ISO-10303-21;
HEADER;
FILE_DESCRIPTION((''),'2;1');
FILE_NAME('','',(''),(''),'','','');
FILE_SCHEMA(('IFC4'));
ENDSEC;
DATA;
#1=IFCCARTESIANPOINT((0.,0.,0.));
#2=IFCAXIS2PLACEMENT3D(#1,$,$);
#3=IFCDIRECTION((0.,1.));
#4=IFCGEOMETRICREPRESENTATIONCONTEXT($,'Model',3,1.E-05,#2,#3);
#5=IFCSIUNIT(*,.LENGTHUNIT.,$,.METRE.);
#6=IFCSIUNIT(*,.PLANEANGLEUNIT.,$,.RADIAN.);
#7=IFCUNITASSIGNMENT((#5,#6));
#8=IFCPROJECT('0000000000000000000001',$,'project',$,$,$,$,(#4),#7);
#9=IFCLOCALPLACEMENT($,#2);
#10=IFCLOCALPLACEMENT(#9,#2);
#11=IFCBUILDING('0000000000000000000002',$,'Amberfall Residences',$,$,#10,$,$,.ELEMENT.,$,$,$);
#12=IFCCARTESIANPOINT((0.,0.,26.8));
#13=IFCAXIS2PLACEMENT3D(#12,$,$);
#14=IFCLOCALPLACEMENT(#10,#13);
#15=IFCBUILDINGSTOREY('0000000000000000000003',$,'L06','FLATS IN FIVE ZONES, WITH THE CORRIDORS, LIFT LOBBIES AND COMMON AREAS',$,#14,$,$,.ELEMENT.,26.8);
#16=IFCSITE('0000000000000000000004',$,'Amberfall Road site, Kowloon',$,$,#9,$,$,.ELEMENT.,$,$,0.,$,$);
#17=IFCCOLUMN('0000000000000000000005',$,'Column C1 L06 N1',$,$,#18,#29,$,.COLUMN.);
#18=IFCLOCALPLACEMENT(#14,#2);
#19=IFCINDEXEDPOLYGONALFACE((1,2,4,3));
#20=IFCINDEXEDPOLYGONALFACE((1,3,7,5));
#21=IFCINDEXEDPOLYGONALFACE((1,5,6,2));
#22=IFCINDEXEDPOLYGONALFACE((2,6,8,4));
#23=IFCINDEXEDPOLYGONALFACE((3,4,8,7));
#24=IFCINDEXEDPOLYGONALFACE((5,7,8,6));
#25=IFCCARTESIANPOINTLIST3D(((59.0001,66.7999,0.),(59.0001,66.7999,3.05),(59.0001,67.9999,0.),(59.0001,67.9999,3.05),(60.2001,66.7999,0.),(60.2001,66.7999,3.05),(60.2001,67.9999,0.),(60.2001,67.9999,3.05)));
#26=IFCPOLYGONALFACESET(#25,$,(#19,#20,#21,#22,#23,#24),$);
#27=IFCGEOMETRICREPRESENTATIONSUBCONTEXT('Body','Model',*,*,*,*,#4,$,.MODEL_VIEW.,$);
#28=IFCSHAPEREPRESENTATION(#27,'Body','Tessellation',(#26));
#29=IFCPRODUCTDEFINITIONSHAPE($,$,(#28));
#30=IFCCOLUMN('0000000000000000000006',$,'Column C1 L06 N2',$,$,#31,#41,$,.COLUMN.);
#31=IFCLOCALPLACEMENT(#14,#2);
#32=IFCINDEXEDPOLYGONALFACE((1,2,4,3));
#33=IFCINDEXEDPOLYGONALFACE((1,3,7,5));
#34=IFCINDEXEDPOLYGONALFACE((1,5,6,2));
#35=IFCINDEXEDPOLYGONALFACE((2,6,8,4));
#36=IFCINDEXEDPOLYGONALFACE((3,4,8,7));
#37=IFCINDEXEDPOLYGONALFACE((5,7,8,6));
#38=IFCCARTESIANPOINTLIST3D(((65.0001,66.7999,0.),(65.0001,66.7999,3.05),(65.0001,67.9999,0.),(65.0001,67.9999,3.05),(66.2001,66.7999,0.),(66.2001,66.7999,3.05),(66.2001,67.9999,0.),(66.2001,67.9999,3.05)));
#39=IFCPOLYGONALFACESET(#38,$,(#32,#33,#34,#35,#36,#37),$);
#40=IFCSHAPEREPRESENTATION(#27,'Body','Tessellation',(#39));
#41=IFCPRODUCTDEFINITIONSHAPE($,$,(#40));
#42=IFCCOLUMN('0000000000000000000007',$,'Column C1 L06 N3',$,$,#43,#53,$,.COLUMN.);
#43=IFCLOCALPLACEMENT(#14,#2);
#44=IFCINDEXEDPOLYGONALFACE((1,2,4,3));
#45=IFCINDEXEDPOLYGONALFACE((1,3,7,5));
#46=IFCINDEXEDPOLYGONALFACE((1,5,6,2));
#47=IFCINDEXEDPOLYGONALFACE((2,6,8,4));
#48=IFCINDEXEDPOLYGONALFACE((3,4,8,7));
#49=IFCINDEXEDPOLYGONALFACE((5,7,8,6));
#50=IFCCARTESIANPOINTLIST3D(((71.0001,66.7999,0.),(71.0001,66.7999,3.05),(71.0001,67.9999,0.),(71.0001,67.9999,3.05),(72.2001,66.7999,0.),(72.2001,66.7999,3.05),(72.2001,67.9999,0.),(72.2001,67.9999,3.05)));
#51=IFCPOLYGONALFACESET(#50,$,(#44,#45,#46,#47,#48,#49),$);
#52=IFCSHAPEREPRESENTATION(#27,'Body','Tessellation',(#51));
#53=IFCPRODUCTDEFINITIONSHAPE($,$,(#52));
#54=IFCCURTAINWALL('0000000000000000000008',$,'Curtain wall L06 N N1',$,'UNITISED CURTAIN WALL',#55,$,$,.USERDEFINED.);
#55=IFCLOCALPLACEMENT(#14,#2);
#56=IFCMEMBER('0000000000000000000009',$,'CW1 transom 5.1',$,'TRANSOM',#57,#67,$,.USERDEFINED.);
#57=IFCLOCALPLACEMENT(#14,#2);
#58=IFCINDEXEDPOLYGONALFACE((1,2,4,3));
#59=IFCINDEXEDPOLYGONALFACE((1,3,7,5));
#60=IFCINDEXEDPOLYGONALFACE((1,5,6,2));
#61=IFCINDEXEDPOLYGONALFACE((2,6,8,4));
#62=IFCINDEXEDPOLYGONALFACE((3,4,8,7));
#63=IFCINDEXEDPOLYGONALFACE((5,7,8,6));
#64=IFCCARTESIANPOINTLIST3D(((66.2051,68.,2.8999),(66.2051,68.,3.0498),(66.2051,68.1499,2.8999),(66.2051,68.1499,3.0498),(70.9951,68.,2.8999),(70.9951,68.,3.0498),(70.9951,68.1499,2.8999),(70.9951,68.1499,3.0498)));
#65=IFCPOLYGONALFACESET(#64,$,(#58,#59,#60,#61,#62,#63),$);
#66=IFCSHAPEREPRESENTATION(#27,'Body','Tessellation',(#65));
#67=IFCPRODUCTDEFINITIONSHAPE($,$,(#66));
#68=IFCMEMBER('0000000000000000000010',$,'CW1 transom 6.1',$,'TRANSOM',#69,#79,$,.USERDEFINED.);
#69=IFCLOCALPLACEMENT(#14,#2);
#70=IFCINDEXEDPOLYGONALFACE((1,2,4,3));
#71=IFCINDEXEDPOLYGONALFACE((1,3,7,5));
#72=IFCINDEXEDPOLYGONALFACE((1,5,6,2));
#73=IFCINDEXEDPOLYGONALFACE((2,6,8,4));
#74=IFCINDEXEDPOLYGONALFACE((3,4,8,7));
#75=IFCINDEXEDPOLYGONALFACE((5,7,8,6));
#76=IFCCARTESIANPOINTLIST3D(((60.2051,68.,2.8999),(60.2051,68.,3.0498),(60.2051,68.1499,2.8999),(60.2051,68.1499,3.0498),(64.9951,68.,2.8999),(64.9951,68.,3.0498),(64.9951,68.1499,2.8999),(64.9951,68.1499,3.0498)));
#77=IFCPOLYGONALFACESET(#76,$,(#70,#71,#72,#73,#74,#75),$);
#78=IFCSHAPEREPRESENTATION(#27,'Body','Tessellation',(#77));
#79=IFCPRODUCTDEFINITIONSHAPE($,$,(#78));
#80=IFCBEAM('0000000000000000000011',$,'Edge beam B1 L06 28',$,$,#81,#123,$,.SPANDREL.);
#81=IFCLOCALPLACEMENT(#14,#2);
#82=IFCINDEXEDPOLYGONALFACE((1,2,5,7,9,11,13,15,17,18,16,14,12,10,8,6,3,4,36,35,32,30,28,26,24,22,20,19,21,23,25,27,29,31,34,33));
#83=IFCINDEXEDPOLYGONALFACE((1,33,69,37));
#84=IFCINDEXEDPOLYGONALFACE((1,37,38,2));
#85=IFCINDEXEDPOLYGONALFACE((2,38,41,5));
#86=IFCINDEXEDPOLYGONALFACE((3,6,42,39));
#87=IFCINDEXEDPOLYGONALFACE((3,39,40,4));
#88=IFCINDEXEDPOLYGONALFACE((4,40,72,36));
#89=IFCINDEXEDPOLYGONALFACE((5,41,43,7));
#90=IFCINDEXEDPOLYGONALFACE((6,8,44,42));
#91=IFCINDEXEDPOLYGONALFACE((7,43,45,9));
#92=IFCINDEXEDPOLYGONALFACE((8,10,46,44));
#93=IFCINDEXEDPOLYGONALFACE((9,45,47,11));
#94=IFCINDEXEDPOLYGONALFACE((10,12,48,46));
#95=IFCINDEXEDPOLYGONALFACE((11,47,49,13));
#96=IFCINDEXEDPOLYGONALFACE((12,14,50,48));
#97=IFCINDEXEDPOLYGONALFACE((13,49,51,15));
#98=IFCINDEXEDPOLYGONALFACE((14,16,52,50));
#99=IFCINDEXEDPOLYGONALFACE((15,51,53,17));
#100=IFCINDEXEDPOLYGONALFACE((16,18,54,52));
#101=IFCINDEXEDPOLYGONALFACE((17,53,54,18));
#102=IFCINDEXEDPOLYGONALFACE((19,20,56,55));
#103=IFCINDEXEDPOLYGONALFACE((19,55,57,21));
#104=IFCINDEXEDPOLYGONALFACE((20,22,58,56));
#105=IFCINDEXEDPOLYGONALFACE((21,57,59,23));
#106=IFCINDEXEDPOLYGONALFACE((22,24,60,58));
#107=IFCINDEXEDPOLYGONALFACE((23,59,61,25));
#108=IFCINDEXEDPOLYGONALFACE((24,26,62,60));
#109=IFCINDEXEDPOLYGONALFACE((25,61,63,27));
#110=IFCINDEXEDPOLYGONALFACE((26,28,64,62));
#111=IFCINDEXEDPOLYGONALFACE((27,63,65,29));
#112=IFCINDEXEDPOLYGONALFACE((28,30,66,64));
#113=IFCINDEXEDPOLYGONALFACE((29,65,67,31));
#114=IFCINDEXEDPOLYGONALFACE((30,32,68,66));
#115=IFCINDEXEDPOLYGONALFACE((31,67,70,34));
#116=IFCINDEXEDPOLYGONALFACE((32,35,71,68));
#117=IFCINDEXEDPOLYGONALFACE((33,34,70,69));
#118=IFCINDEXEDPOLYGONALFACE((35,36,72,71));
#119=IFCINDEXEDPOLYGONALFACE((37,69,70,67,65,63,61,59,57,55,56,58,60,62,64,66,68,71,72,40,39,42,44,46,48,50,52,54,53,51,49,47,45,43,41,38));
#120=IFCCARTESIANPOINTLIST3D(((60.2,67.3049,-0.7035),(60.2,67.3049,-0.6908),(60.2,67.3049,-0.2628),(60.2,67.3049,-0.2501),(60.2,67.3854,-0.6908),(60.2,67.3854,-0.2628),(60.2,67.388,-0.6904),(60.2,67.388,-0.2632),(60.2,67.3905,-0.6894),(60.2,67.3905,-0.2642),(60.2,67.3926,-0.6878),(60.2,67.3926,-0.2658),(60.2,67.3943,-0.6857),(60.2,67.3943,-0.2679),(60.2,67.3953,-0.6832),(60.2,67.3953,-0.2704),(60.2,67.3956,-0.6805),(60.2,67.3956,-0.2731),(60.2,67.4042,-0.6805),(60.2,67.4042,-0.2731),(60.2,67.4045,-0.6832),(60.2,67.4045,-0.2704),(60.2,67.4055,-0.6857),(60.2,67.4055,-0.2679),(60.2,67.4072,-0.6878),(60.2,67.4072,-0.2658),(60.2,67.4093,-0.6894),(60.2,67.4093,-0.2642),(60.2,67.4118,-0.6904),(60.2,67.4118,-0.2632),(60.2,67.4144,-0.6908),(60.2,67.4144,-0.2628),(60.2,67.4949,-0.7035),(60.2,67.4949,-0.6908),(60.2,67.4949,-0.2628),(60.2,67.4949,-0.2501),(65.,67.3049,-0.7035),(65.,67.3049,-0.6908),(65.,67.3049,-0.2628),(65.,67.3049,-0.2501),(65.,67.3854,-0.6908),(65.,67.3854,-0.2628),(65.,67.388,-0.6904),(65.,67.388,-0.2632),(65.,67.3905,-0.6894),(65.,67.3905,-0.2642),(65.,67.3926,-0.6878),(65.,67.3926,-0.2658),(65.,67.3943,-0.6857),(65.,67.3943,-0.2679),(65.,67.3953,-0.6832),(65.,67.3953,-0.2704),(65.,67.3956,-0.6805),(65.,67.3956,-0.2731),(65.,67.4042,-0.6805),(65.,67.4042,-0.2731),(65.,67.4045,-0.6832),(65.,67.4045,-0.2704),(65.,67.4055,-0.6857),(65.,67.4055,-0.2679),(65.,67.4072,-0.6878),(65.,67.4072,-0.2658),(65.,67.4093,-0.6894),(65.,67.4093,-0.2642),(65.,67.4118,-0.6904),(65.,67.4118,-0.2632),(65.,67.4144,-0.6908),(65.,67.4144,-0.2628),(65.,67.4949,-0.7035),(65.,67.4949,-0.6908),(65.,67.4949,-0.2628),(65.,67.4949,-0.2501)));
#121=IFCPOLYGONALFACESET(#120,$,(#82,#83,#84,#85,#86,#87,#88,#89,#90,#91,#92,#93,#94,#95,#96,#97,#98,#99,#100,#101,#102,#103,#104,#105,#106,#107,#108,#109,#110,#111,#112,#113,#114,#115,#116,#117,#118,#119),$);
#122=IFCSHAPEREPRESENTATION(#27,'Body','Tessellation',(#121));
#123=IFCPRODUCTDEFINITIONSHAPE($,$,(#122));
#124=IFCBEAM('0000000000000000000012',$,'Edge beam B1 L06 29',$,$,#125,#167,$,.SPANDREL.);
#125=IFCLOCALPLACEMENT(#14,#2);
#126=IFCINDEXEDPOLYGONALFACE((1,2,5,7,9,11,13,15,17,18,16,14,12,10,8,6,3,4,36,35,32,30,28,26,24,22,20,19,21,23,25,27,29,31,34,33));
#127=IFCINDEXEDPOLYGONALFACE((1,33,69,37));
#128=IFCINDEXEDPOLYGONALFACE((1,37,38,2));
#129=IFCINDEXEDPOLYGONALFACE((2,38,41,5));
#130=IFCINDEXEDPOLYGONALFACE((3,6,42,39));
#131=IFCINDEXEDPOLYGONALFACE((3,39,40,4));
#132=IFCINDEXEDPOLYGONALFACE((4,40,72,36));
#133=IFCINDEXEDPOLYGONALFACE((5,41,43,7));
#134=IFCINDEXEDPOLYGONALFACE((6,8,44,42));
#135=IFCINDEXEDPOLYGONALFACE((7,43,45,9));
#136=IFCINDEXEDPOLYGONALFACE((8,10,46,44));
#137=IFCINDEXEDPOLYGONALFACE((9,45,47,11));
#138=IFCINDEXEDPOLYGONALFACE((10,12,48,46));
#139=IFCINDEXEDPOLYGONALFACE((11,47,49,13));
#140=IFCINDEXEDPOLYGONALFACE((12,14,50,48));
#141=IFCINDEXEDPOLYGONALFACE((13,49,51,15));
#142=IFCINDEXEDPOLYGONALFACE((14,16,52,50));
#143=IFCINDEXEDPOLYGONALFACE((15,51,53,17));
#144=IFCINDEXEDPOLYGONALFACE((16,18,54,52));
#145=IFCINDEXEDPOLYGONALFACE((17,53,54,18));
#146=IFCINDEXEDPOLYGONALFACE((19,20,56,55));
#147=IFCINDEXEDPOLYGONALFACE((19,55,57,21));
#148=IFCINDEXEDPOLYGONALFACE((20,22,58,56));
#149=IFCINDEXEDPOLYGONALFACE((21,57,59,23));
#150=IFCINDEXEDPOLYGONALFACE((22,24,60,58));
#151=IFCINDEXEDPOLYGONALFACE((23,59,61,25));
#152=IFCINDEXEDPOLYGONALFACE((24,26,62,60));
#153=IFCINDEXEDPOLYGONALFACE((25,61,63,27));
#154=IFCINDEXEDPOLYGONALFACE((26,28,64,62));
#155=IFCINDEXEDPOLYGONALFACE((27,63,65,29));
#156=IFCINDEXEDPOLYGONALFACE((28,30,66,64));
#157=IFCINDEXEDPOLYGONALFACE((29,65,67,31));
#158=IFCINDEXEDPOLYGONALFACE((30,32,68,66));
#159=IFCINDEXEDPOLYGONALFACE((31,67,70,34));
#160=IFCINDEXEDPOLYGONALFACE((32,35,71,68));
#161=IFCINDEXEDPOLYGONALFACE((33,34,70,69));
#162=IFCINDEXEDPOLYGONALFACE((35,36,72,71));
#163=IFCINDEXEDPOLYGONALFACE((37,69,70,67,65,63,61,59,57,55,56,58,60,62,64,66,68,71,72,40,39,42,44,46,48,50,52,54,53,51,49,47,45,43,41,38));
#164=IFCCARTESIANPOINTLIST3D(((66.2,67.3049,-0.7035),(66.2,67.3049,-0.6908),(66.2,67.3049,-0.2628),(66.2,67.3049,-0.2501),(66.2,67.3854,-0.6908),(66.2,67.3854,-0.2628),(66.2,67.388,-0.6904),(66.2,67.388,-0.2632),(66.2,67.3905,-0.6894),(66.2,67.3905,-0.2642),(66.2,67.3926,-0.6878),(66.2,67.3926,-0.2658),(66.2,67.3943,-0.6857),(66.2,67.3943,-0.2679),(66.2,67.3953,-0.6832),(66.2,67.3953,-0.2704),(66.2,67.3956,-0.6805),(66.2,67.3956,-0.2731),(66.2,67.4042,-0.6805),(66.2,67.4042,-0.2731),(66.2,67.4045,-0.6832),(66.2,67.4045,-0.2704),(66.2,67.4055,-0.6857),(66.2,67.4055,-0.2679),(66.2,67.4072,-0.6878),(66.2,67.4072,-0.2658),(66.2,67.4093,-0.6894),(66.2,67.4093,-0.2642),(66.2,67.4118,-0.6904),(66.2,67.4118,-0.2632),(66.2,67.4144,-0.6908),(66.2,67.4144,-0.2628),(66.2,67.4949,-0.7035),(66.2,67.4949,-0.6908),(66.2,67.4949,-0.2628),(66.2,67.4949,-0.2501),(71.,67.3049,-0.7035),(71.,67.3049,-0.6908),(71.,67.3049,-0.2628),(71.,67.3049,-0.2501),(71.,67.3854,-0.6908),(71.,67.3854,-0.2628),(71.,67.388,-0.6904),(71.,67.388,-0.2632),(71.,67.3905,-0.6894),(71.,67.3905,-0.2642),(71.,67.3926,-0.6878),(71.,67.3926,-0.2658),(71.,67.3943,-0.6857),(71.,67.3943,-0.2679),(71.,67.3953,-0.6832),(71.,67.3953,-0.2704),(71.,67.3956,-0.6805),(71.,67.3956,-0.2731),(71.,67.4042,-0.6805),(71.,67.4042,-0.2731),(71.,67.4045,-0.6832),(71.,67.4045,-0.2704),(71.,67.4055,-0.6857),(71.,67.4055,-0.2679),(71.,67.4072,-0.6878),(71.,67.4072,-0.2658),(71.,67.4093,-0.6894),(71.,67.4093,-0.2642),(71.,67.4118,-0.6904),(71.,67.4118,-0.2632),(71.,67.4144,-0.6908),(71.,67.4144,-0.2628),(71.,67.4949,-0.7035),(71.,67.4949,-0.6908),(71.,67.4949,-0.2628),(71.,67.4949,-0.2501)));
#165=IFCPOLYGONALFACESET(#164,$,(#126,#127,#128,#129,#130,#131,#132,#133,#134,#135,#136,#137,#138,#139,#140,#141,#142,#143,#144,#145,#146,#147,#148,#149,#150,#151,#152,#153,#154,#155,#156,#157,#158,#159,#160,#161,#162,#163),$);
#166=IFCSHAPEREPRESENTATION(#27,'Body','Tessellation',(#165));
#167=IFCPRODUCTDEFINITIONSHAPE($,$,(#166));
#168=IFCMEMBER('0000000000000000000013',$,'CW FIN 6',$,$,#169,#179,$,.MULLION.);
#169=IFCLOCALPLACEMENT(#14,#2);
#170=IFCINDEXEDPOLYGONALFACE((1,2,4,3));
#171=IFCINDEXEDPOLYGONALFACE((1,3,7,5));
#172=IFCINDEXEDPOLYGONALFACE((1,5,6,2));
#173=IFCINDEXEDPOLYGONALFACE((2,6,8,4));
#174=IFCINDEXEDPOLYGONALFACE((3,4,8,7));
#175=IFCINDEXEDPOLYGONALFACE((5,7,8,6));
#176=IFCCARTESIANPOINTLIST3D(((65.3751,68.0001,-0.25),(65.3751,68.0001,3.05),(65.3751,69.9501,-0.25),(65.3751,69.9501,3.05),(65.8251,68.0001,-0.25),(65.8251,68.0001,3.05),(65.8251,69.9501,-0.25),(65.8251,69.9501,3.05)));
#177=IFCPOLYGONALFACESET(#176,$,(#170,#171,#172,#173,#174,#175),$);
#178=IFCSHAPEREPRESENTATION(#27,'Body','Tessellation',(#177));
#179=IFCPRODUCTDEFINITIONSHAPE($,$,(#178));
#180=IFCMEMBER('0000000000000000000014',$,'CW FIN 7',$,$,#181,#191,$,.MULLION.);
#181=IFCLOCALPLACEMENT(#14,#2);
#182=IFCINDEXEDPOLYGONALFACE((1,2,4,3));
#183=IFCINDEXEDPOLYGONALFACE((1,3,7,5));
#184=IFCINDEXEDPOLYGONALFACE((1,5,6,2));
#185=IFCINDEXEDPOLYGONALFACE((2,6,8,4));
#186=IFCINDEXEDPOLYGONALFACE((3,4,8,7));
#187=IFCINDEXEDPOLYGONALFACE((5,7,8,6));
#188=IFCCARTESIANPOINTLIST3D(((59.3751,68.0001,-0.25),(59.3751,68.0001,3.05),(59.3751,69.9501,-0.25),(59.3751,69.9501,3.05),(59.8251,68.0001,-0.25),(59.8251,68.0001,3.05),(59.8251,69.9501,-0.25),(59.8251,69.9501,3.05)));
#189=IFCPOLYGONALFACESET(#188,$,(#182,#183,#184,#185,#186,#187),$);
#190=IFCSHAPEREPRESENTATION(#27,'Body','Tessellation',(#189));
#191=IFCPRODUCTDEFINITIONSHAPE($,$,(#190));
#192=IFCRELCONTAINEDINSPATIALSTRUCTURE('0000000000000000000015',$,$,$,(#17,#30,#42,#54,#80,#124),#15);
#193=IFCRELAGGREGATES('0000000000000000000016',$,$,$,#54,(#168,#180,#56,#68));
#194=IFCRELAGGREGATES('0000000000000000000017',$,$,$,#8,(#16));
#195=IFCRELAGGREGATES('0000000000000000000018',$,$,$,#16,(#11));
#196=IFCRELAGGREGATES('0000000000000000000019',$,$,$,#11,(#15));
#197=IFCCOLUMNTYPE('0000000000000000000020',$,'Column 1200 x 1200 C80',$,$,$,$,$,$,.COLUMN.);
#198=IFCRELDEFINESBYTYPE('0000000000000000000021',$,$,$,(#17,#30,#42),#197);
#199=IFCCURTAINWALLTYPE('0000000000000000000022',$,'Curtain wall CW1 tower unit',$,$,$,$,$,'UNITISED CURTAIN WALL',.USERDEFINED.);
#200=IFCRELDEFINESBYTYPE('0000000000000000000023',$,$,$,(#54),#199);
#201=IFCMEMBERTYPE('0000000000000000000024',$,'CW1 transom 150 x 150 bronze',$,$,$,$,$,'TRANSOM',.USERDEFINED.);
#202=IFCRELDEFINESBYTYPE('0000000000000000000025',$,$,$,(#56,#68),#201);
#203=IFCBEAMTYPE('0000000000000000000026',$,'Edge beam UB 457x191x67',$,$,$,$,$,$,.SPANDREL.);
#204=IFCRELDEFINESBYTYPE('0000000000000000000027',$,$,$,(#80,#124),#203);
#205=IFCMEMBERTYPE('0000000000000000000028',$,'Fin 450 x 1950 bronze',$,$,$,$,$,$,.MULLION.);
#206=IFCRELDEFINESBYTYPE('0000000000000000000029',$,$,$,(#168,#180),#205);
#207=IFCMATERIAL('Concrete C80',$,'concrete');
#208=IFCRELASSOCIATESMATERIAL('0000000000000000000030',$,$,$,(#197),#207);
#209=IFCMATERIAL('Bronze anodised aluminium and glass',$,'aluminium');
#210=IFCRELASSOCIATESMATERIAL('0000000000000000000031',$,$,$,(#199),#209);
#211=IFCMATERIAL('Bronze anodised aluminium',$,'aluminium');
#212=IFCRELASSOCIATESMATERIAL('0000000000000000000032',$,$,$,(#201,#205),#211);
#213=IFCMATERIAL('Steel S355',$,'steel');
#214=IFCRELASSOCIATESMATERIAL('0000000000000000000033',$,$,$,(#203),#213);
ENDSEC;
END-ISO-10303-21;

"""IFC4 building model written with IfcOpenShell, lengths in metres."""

from ifc_helpers import new_model, si_unit, direction, frame, origin, origin_2d, place, context, subcontext, project, spatial, rectangle, i_section, extrude, material, material_profile, profile_set, type_object, element, aggregate, save


model = new_model("IFC4")

# Units and contexts
model_context = context("Model", 3, precision=1e-05, world=origin(), true_north=direction((0.0, 1.0)))
body_context = subcontext(model_context, "Body", "Model", "MODEL_VIEW")
ifc_project = project(units=[si_unit("LENGTHUNIT", "METRE"), si_unit("PLANEANGLEUNIT", "RADIAN")], contexts=[model_context])

# Site, building, storey
site_placement = place(None, origin())
site = spatial("IfcSite", under=ifc_project, at=site_placement, Name="Amberfall Road site, Kowloon", CompositionType="ELEMENT", RefElevation=0.0)
building_placement = place(site_placement, origin())
building = spatial("IfcBuilding", under=site, at=building_placement, Name="Amberfall Residences", CompositionType="ELEMENT")
storey_placement = place(building_placement, frame((0.0, 0.0, 26.8)))
storey = spatial("IfcBuildingStorey", under=building, at=storey_placement, Name="L06", Description="FLATS IN FIVE ZONES, WITH THE CORRIDORS, LIFT LOBBIES AND COMMON AREAS", CompositionType="ELEMENT", Elevation=26.8)

# Columns
ifc_material_1 = material(Name="Concrete C80", Category="concrete")
ifc_material_profile_1 = material_profile(ifc_material_1, rectangle(XDim=1.2, YDim=1.2, at=origin_2d()), Name="Column 1200 x 1200 C80")
ifc_profile_set_1 = profile_set([ifc_material_profile_1], Name="Concrete C80")
column_type = type_object("IfcColumnType", Name="Column 1200 x 1200 C80", PredefinedType="COLUMN", material=ifc_profile_set_1)
for number, where, z_axis, x_axis, name in (
    (1, (59.6001, 67.3999, 0.0), (0.0, 0.0, 1.0), (1.0, 0.0, 0.0), "Column C1 L06 N1"),
    (2, (65.6001, 67.3999, 0.0), (0.0, 0.0, 1.0), (1.0, 0.0, 0.0), "Column C1 L06 N2"),
    (3, (71.6001, 67.3999, 0.0), (0.0, 0.0, 1.0), (1.0, 0.0, 0.0), "Column C1 L06 N3"),
):
    element("IfcColumn", number, at=place(storey_placement, frame(where, z_axis=z_axis, x_axis=x_axis)), inside=storey, type_object=column_type, Name=name, PredefinedType="COLUMN", context=body_context, shape_type="SweptSolid", body=[
        extrude(rectangle(XDim=1.2, YDim=1.2, at=origin_2d()), origin(), (0.0, 0.0, 1.0), 3.05),
    ])

# Curtain wall, members
ifc_material_2 = material(Name="Bronze anodised aluminium and glass", Category="aluminium")
curtain_wall_type = type_object("IfcCurtainWallType", Name="Curtain wall CW1 tower unit", ElementType="UNITISED CURTAIN WALL", PredefinedType="USERDEFINED", material=ifc_material_2)
curtain_wall_placement = place(storey_placement, origin())
curtain_wall = element("IfcCurtainWall", 4, at=curtain_wall_placement, inside=storey, type_object=curtain_wall_type, Name="Curtain wall L06 N N1", ObjectType="UNITISED CURTAIN WALL", PredefinedType="USERDEFINED")
ifc_material_3 = material(Name="Bronze anodised aluminium", Category="aluminium")
ifc_material_profile_2 = material_profile(ifc_material_3, rectangle(XDim=0.1499, YDim=0.1499, at=origin_2d()), Name="CW1 transom 150 x 150 bronze")
ifc_profile_set_2 = profile_set([ifc_material_profile_2], Name="Bronze anodised aluminium")
member_type_1 = type_object("IfcMemberType", Name="CW1 transom 150 x 150 bronze", ElementType="TRANSOM", PredefinedType="USERDEFINED", material=ifc_profile_set_2)
member_1_placement = place(storey_placement, frame((70.9951, 68.075, 2.9749), z_axis=(-1.0, 0.0, 0.0), x_axis=(0.0, -1.0, 0.0)))
member_1 = element("IfcMember", 5, at=member_1_placement, type_object=member_type_1, Name="CW1 transom 5.1", ObjectType="TRANSOM", PredefinedType="USERDEFINED", context=body_context, shape_type="SweptSolid", body=[
    extrude(rectangle(XDim=0.1499, YDim=0.1499, at=origin_2d()), origin(), (0.0, 0.0, 1.0), 4.79),
])
member_2_placement = place(storey_placement, frame((64.9951, 68.075, 2.9749), z_axis=(-1.0, 0.0, 0.0), x_axis=(0.0, -1.0, 0.0)))
member_2 = element("IfcMember", 6, at=member_2_placement, type_object=member_type_1, Name="CW1 transom 6.1", ObjectType="TRANSOM", PredefinedType="USERDEFINED", context=body_context, shape_type="SweptSolid", body=[
    extrude(rectangle(XDim=0.1499, YDim=0.1499, at=origin_2d()), origin(), (0.0, 0.0, 1.0), 4.79),
])

# Beams
ifc_material_4 = material(Name="Steel S355", Category="steel")
ifc_material_profile_3 = material_profile(ifc_material_4, i_section(OverallWidth=0.1899, OverallDepth=0.4534, WebThickness=0.0085, FlangeThickness=0.0127, FilletRadius=0.0103, at=origin_2d()), Name="UB 457x191x67")
ifc_profile_set_3 = profile_set([ifc_material_profile_3], Name="Steel S355")
beam_type_1 = type_object("IfcBeamType", Name="Edge beam UB 457x191x67", PredefinedType="SPANDREL", material=ifc_profile_set_3)
for number, where, z_axis, x_axis, name in (
    (7, (60.2, 67.3999, -0.4768), (1.0, 0.0, 0.0), (0.0, 1.0, 0.0), "Edge beam B1 L06 28"),
    (8, (66.2, 67.3999, -0.4768), (1.0, 0.0, 0.0), (0.0, 1.0, 0.0), "Edge beam B1 L06 29"),
):
    element("IfcBeam", number, at=place(storey_placement, frame(where, z_axis=z_axis, x_axis=x_axis)), inside=storey, type_object=beam_type_1, Name=name, PredefinedType="SPANDREL", context=body_context, shape_type="SweptSolid", body=[
        extrude(i_section(OverallWidth=0.1899, OverallDepth=0.4534, WebThickness=0.0085, FlangeThickness=0.0127, FilletRadius=0.0103, at=origin_2d()), origin(), (0.0, 0.0, 1.0), 4.8),
    ])

# Members
ifc_material_profile_4 = material_profile(ifc_material_3, rectangle(XDim=1.95, YDim=0.45, at=origin_2d()), Name="Fin 450 x 1950 bronze")
ifc_profile_set_4 = profile_set([ifc_material_profile_4], Name="Bronze anodised aluminium")
member_type_2 = type_object("IfcMemberType", Name="Fin 450 x 1950 bronze", PredefinedType="MULLION", material=ifc_profile_set_4)
member_3_placement = place(storey_placement, frame((65.6001, 68.9751, -0.25), z_axis=(0.0, 0.0, 1.0), x_axis=(0.0, -1.0, 0.0)))
member_3 = element("IfcMember", 9, at=member_3_placement, type_object=member_type_2, Name="CW FIN 6", PredefinedType="MULLION", context=body_context, shape_type="SweptSolid", body=[
    extrude(rectangle(XDim=1.95, YDim=0.45, at=origin_2d()), origin(), (0.0, 0.0, 1.0), 3.3),
])
member_4_placement = place(storey_placement, frame((59.6001, 68.9751, -0.25), z_axis=(0.0, 0.0, 1.0), x_axis=(0.0, -1.0, 0.0)))
member_4 = element("IfcMember", 10, at=member_4_placement, type_object=member_type_2, Name="CW FIN 7", PredefinedType="MULLION", context=body_context, shape_type="SweptSolid", body=[
    extrude(rectangle(XDim=1.95, YDim=0.45, at=origin_2d()), origin(), (0.0, 0.0, 1.0), 3.3),
])

aggregate(curtain_wall, [member_3, member_4, member_1, member_2])

save(model, "model.ifc")
